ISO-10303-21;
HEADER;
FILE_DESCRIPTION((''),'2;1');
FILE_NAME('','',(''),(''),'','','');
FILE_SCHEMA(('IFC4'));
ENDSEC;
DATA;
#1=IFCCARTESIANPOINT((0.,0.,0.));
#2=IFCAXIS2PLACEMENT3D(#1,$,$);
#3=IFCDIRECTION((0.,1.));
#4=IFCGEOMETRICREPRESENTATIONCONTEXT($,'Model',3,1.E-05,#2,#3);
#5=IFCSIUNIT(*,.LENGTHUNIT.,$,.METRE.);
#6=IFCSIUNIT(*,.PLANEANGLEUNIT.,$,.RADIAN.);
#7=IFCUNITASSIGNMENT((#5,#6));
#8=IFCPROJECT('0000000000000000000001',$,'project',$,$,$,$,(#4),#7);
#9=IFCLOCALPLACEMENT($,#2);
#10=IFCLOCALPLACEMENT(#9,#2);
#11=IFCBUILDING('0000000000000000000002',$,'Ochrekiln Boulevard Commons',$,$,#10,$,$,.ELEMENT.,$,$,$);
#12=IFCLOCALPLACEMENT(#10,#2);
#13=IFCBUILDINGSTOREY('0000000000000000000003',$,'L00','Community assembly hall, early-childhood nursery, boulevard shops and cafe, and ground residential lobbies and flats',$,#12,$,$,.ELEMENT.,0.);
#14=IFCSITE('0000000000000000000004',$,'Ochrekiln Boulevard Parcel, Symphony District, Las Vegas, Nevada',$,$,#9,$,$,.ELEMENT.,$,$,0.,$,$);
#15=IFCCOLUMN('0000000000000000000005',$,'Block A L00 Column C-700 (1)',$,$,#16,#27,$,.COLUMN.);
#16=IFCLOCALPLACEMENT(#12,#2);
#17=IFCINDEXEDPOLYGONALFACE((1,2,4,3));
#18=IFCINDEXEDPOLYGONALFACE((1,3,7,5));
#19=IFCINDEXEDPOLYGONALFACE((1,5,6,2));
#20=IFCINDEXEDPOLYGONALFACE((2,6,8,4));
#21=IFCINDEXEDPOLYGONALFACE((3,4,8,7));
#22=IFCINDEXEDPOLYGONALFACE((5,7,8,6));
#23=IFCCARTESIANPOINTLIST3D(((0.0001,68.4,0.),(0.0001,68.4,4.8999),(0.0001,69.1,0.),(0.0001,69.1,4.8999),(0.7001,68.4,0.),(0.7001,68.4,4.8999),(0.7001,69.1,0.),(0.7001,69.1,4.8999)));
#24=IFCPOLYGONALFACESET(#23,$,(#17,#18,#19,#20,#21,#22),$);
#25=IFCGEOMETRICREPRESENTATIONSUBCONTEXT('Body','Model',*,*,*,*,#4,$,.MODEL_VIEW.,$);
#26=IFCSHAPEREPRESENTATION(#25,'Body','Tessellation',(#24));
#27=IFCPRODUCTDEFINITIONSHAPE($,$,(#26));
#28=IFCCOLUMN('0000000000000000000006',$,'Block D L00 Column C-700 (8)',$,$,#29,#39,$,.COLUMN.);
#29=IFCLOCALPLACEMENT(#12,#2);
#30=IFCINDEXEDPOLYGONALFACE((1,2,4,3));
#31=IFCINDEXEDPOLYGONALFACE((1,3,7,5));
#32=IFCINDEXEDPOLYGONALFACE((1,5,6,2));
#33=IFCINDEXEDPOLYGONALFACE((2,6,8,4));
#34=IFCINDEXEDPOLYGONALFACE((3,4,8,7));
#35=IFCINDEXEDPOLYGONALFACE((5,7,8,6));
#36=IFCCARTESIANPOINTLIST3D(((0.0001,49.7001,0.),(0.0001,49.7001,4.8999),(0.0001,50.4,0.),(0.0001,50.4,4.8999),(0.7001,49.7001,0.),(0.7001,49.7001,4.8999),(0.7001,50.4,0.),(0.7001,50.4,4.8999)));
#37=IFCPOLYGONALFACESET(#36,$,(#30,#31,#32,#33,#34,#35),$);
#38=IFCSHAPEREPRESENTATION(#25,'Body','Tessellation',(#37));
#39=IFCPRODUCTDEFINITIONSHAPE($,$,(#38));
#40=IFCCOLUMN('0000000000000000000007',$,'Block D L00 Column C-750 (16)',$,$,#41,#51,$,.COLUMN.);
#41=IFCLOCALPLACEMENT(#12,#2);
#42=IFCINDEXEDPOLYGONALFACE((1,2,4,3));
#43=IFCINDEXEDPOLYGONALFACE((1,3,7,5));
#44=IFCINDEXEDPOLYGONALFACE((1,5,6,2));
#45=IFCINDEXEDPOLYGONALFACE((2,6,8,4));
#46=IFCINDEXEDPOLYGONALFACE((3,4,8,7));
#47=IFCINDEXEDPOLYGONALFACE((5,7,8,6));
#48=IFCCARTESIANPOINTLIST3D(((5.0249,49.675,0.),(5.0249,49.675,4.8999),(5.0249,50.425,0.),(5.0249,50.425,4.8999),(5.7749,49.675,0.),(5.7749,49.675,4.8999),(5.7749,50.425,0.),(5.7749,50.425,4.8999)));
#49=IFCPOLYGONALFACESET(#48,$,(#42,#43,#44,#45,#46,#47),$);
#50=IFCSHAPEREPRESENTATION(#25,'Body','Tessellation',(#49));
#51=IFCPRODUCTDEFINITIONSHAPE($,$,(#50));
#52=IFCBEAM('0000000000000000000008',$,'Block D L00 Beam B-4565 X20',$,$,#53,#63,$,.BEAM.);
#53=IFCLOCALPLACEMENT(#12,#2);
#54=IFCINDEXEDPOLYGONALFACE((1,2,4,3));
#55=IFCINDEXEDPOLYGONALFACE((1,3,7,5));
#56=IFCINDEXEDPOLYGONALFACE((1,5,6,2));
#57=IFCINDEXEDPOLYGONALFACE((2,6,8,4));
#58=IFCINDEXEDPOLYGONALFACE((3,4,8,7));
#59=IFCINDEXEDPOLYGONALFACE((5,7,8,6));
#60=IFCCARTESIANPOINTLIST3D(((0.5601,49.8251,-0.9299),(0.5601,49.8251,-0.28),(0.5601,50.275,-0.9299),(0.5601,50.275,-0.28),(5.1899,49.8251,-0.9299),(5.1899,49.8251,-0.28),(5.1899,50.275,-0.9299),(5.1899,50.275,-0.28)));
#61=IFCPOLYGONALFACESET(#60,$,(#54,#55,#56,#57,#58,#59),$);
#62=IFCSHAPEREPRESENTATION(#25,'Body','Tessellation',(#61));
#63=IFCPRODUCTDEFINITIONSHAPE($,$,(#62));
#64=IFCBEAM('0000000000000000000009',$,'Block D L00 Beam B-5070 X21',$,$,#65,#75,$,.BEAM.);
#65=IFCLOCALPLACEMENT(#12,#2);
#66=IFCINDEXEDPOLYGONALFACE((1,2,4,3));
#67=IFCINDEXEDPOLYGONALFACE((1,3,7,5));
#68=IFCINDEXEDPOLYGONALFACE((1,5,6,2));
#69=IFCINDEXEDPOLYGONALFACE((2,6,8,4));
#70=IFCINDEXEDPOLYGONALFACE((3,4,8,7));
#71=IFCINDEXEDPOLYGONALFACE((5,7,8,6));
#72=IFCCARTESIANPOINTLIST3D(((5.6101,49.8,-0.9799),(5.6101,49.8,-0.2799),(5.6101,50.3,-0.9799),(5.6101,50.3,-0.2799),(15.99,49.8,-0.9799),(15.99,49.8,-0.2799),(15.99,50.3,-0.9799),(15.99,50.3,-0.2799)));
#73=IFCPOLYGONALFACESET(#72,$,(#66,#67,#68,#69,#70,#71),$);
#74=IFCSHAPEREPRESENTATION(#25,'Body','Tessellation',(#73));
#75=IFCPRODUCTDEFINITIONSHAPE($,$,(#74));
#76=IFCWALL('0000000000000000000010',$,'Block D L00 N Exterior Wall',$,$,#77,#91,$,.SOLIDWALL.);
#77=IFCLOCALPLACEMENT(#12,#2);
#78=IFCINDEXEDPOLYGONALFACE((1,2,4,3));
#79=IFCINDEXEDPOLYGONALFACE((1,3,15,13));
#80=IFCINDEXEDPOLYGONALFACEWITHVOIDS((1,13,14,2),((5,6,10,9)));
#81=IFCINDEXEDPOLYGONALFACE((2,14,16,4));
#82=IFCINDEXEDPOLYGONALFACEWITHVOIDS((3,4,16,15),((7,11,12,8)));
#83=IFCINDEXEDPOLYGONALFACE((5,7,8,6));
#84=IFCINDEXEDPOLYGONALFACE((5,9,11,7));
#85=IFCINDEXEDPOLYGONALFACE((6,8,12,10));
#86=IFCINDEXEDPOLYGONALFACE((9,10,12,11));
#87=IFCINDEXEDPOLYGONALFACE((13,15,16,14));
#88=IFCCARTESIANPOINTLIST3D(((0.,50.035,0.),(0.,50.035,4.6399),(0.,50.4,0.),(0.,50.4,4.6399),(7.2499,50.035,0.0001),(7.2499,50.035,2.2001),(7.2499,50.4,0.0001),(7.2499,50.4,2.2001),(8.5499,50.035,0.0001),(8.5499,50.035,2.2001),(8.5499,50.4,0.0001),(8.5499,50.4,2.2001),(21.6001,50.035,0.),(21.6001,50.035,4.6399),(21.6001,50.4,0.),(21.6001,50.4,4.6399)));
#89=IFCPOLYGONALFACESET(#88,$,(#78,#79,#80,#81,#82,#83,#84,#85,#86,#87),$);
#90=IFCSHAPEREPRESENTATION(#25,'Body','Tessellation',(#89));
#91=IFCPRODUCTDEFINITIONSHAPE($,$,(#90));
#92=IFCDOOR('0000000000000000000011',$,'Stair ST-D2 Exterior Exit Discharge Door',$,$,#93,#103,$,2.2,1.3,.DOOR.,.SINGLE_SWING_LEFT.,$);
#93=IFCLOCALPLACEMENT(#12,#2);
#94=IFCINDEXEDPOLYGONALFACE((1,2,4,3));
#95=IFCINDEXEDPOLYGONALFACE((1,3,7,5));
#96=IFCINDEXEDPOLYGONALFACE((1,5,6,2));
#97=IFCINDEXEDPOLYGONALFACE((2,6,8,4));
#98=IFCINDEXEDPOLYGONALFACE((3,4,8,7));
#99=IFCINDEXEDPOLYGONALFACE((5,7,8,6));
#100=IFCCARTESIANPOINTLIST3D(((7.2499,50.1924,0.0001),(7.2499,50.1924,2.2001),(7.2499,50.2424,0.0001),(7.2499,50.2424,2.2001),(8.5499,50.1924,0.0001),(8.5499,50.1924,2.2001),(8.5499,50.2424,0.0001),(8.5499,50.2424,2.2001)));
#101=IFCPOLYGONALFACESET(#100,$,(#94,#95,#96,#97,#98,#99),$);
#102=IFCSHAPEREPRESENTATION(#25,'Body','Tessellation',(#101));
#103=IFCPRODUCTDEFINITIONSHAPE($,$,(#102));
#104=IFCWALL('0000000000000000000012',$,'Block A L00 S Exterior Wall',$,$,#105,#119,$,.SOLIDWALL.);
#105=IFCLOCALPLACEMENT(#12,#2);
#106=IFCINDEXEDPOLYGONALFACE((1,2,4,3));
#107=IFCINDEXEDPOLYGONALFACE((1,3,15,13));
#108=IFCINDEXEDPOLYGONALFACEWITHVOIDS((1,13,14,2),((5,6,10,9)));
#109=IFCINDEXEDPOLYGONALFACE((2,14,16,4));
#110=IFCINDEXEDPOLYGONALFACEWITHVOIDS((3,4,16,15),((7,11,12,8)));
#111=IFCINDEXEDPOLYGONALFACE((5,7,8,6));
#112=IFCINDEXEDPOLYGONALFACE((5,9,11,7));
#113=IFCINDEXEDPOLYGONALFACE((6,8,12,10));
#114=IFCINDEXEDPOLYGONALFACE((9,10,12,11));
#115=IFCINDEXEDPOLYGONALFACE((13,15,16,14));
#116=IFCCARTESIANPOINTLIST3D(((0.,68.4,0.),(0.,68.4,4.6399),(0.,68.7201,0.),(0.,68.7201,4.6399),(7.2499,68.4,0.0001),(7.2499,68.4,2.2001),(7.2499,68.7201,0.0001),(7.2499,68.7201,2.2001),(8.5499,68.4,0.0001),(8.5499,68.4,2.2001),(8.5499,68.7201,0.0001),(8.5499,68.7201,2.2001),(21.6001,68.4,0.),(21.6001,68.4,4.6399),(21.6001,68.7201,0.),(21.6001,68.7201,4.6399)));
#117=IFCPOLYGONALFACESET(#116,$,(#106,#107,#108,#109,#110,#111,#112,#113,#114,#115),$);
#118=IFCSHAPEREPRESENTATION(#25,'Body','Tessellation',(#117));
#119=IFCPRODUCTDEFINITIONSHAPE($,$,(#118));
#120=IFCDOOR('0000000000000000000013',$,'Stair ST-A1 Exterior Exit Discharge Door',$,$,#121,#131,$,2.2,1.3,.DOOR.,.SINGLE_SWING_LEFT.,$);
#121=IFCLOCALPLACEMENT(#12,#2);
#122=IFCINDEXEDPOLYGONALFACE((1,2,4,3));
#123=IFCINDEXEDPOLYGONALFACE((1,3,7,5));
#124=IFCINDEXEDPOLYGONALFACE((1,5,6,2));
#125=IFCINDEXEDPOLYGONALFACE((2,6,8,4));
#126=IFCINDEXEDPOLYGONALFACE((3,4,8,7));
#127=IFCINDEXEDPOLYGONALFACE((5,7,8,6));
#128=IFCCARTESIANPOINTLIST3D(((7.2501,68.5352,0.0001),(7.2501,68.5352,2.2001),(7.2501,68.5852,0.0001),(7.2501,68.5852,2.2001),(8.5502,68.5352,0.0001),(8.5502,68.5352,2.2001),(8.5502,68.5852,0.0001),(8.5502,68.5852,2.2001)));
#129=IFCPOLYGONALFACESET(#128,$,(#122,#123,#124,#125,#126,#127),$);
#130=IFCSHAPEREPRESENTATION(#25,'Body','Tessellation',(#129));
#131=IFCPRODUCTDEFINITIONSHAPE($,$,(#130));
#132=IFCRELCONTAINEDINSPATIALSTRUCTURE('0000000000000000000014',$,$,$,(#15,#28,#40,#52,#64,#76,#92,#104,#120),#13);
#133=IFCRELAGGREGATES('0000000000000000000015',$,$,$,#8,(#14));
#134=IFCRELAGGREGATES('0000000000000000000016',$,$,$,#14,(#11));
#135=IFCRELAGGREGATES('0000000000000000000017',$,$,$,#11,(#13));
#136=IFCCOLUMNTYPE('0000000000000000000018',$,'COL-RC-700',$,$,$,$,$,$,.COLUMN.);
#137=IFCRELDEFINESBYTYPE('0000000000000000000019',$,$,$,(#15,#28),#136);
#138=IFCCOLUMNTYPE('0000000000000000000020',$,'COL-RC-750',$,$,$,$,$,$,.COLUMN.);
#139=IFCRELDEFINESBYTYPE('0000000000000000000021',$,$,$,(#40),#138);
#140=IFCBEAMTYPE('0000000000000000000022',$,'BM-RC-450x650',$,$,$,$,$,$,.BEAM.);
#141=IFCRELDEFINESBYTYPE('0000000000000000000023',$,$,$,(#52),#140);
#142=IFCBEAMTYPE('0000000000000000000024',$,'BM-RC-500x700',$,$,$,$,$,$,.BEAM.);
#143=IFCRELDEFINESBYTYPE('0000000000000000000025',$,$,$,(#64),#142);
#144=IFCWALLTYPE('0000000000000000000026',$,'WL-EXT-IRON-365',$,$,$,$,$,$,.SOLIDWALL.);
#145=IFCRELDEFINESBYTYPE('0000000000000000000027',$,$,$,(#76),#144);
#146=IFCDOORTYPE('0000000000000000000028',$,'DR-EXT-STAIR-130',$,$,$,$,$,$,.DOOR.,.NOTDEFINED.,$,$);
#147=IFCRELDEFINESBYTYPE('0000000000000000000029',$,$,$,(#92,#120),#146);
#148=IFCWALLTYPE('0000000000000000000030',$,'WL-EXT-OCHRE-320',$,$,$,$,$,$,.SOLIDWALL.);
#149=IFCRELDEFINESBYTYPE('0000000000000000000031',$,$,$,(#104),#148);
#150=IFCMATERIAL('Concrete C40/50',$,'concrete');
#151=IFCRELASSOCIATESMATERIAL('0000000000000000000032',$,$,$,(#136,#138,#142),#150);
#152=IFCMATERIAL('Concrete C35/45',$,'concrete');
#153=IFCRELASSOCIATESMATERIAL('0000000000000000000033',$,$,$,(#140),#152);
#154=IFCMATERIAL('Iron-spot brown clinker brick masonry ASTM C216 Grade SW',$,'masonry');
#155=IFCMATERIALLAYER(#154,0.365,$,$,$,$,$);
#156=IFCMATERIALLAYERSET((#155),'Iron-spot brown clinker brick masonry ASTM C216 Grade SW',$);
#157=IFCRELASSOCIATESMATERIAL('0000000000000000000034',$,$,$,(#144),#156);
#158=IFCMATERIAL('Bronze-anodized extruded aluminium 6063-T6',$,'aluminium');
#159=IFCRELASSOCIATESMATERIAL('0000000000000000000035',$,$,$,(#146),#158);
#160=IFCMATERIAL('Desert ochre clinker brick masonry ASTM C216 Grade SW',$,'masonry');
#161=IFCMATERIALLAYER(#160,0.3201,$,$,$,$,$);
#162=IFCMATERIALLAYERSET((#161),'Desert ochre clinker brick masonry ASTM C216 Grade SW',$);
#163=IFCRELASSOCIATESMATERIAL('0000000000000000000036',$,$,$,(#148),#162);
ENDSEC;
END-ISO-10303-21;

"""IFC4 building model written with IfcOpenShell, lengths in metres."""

from ifc_helpers import new_model, si_unit, direction, frame, frame_2d, origin, origin_2d, place, context, subcontext, project, spatial, rectangle, extrude, material, layer, layer_set, material_profile, profile_set, type_object, element, fill, save


model = new_model("IFC4")

# Units and contexts
model_context = context("Model", 3, precision=1e-05, world=origin(), true_north=direction((0.0, 1.0)))
body_context = subcontext(model_context, "Body", "Model", "MODEL_VIEW")
ifc_project = project(units=[si_unit("LENGTHUNIT", "METRE"), si_unit("PLANEANGLEUNIT", "RADIAN")], contexts=[model_context])

# Site, building, storey
site_placement = place(None, origin())
site = spatial("IfcSite", under=ifc_project, at=site_placement, Name="Ochrekiln Boulevard Parcel, Symphony District, Las Vegas, Nevada", CompositionType="ELEMENT", RefElevation=0.0)
building_placement = place(site_placement, origin())
building = spatial("IfcBuilding", under=site, at=building_placement, Name="Ochrekiln Boulevard Commons", CompositionType="ELEMENT")
storey_placement = place(building_placement, origin())
storey = spatial("IfcBuildingStorey", under=building, at=storey_placement, Name="L00", Description="Community assembly hall, early-childhood nursery, boulevard shops and cafe, and ground residential lobbies and flats", CompositionType="ELEMENT", Elevation=0.0)

# Columns
ifc_material_1 = material(Name="Concrete C40/50", Category="concrete")
ifc_material_profile_1 = material_profile(ifc_material_1, rectangle(XDim=0.7, YDim=0.7, at=origin_2d()), Name="RC-COL-700x700")
ifc_profile_set_1 = profile_set([ifc_material_profile_1], Name="Concrete C40/50")
column_type_1 = type_object("IfcColumnType", Name="COL-RC-700", PredefinedType="COLUMN", material=ifc_profile_set_1)
for number, where, z_axis, x_axis, name in (
    (1, (0.3501, 68.75, 0.0), (0.0, 0.0, 1.0), (1.0, 0.0, 0.0), "Block A L00 Column C-700 (1)"),
    (2, (0.3501, 50.05, 0.0), (0.0, 0.0, 1.0), (1.0, 0.0, 0.0), "Block D L00 Column C-700 (8)"),
):
    element("IfcColumn", number, at=place(storey_placement, frame(where, z_axis=z_axis, x_axis=x_axis)), inside=storey, type_object=column_type_1, Name=name, PredefinedType="COLUMN", context=body_context, shape_type="SweptSolid", body=[
        extrude(rectangle(XDim=0.7, YDim=0.7, at=origin_2d()), origin(), (0.0, 0.0, 1.0), 4.8999),
    ])
ifc_material_profile_2 = material_profile(ifc_material_1, rectangle(XDim=0.75, YDim=0.75, at=origin_2d()), Name="RC-COL-750x750")
ifc_profile_set_2 = profile_set([ifc_material_profile_2], Name="Concrete C40/50")
column_type_2 = type_object("IfcColumnType", Name="COL-RC-750", PredefinedType="COLUMN", material=ifc_profile_set_2)
column_placement = place(storey_placement, frame((5.3999, 50.05, 0.0), z_axis=(0.0, 0.0, 1.0), x_axis=(1.0, 0.0, 0.0)))
element("IfcColumn", 3, at=column_placement, inside=storey, type_object=column_type_2, Name="Block D L00 Column C-750 (16)", PredefinedType="COLUMN", context=body_context, shape_type="SweptSolid", body=[
    extrude(rectangle(XDim=0.75, YDim=0.75, at=origin_2d()), origin(), (0.0, 0.0, 1.0), 4.8999),
])

# Beams
ifc_material_2 = material(Name="Concrete C35/45", Category="concrete")
ifc_material_profile_3 = material_profile(ifc_material_2, rectangle(XDim=0.45, YDim=0.6499, at=origin_2d()), Name="RC-BM-450x650")
ifc_profile_set_3 = profile_set([ifc_material_profile_3], Name="Concrete C35/45")
beam_type_1 = type_object("IfcBeamType", Name="BM-RC-450x650", PredefinedType="BEAM", material=ifc_profile_set_3)
beam_1_placement = place(storey_placement, frame((0.5601, 50.05, -0.605), z_axis=(1.0, 0.0, 0.0), x_axis=(0.0, 1.0, 0.0)))
element("IfcBeam", 4, at=beam_1_placement, inside=storey, type_object=beam_type_1, Name="Block D L00 Beam B-4565 X20", PredefinedType="BEAM", context=body_context, shape_type="SweptSolid", body=[
    extrude(rectangle(XDim=0.45, YDim=0.6499, at=origin_2d()), origin(), (0.0, 0.0, 1.0), 4.6299),
])
ifc_material_profile_4 = material_profile(ifc_material_1, rectangle(XDim=0.5, YDim=0.7, at=origin_2d()), Name="RC-BM-500x700")
ifc_profile_set_4 = profile_set([ifc_material_profile_4], Name="Concrete C40/50")
beam_type_2 = type_object("IfcBeamType", Name="BM-RC-500x700", PredefinedType="BEAM", material=ifc_profile_set_4)
beam_2_placement = place(storey_placement, frame((5.6101, 50.05, -0.6299), z_axis=(1.0, 0.0, 0.0), x_axis=(0.0, 1.0, 0.0)))
element("IfcBeam", 5, at=beam_2_placement, inside=storey, type_object=beam_type_2, Name="Block D L00 Beam B-5070 X21", PredefinedType="BEAM", context=body_context, shape_type="SweptSolid", body=[
    extrude(rectangle(XDim=0.5, YDim=0.7, at=origin_2d()), origin(), (0.0, 0.0, 1.0), 10.3799),
])

# Walls, openings, doors
ifc_material_3 = material(Name="Iron-spot brown clinker brick masonry ASTM C216 Grade SW", Category="masonry")
ifc_layer_1 = layer(ifc_material_3, 0.365)
ifc_layer_set_1 = layer_set([ifc_layer_1], Name="Iron-spot brown clinker brick masonry ASTM C216 Grade SW")
wall_type_1 = type_object("IfcWallType", Name="WL-EXT-IRON-365", PredefinedType="SOLIDWALL", material=ifc_layer_set_1)
wall_1_placement = place(storey_placement, frame((0.0, 50.2175, 0.0), z_axis=(0.0, 0.0, 1.0), x_axis=(1.0, 0.0, 0.0)))
wall_1 = element("IfcWall", 6, at=wall_1_placement, inside=storey, type_object=wall_type_1, Name="Block D L00 N Exterior Wall", PredefinedType="SOLIDWALL", context=body_context, shape_type="SweptSolid", body=[
    extrude(rectangle(XDim=21.6001, YDim=0.365, at=frame_2d((10.8, 0.0))), origin(), (0.0, 0.0, 1.0), 4.6399),
])
opening_1_placement = place(wall_1_placement, frame((7.25, 0.0, 0.0)))
opening_1 = element("IfcOpeningElement", 7, at=opening_1_placement, cuts=wall_1, PredefinedType="OPENING", context=body_context, shape_type="SweptSolid", body=[
    extrude(rectangle(XDim=1.3, YDim=2.2, at=frame_2d((0.6499, 1.1001))), frame((0.0, 0.1924, 0.0), z_axis=(0.0, -1.0, 0.0), x_axis=(1.0, 0.0, 0.0)), (0.0, 0.0, 1.0), 0.385),
])
ifc_material_4 = material(Name="Bronze-anodized extruded aluminium 6063-T6", Category="aluminium")
door_type_1 = type_object("IfcDoorType", Name="DR-EXT-STAIR-130", OperationType="NOTDEFINED", PredefinedType="DOOR", material=ifc_material_4)
door_1_placement = place(opening_1_placement, origin())
door_1 = element("IfcDoor", 8, at=door_1_placement, inside=storey, type_object=door_type_1, Name="Stair ST-D2 Exterior Exit Discharge Door", OperationType="SINGLE_SWING_LEFT", OverallHeight=2.2, OverallWidth=1.3, PredefinedType="DOOR", context=body_context, shape_type="SweptSolid", body=[
    extrude(rectangle(XDim=1.3, YDim=2.2, at=frame_2d((0.6499, 1.1001))), frame((0.0, 0.0249, 0.0), z_axis=(0.0, -1.0, 0.0), x_axis=(1.0, 0.0, 0.0)), (0.0, 0.0, 1.0), 0.05),
])
fill(opening_1, door_1)
ifc_material_5 = material(Name="Desert ochre clinker brick masonry ASTM C216 Grade SW", Category="masonry")
ifc_layer_2 = layer(ifc_material_5, 0.3201)
ifc_layer_set_2 = layer_set([ifc_layer_2], Name="Desert ochre clinker brick masonry ASTM C216 Grade SW")
wall_type_2 = type_object("IfcWallType", Name="WL-EXT-OCHRE-320", PredefinedType="SOLIDWALL", material=ifc_layer_set_2)
wall_2_placement = place(storey_placement, frame((0.0, 68.5601, 0.0), z_axis=(0.0, 0.0, 1.0), x_axis=(1.0, 0.0, 0.0)))
wall_2 = element("IfcWall", 9, at=wall_2_placement, inside=storey, type_object=wall_type_2, Name="Block A L00 S Exterior Wall", PredefinedType="SOLIDWALL", context=body_context, shape_type="SweptSolid", body=[
    extrude(rectangle(XDim=21.6001, YDim=0.3201, at=frame_2d((10.8, 0.0))), origin(), (0.0, 0.0, 1.0), 4.6399),
])
opening_2_placement = place(wall_2_placement, frame((7.25, 0.0, 0.0)))
opening_2 = element("IfcOpeningElement", 10, at=opening_2_placement, cuts=wall_2, PredefinedType="OPENING", context=body_context, shape_type="SweptSolid", body=[
    extrude(rectangle(XDim=1.3, YDim=2.2, at=frame_2d((0.6499, 1.1001))), frame((0.0, 0.1699, 0.0), z_axis=(0.0, -1.0, 0.0), x_axis=(1.0, 0.0, 0.0)), (0.0, 0.0, 1.0), 0.3401),
])
door_2_placement = place(opening_2_placement, frame((1.3, 0.0, 0.0), z_axis=(0.0, 0.0, 1.0), x_axis=(-1.0, 0.0, 0.0)))
door_2 = element("IfcDoor", 11, at=door_2_placement, inside=storey, type_object=door_type_1, Name="Stair ST-A1 Exterior Exit Discharge Door", OperationType="SINGLE_SWING_LEFT", OverallHeight=2.2, OverallWidth=1.3, PredefinedType="DOOR", context=body_context, shape_type="SweptSolid", body=[
    extrude(rectangle(XDim=1.3, YDim=2.2, at=frame_2d((0.6499, 1.1001))), frame((0.0, 0.0249, 0.0), z_axis=(0.0, -1.0, 0.0), x_axis=(1.0, 0.0, 0.0)), (0.0, 0.0, 1.0), 0.05),
])
fill(opening_2, door_2)

save(model, "model.ifc")
